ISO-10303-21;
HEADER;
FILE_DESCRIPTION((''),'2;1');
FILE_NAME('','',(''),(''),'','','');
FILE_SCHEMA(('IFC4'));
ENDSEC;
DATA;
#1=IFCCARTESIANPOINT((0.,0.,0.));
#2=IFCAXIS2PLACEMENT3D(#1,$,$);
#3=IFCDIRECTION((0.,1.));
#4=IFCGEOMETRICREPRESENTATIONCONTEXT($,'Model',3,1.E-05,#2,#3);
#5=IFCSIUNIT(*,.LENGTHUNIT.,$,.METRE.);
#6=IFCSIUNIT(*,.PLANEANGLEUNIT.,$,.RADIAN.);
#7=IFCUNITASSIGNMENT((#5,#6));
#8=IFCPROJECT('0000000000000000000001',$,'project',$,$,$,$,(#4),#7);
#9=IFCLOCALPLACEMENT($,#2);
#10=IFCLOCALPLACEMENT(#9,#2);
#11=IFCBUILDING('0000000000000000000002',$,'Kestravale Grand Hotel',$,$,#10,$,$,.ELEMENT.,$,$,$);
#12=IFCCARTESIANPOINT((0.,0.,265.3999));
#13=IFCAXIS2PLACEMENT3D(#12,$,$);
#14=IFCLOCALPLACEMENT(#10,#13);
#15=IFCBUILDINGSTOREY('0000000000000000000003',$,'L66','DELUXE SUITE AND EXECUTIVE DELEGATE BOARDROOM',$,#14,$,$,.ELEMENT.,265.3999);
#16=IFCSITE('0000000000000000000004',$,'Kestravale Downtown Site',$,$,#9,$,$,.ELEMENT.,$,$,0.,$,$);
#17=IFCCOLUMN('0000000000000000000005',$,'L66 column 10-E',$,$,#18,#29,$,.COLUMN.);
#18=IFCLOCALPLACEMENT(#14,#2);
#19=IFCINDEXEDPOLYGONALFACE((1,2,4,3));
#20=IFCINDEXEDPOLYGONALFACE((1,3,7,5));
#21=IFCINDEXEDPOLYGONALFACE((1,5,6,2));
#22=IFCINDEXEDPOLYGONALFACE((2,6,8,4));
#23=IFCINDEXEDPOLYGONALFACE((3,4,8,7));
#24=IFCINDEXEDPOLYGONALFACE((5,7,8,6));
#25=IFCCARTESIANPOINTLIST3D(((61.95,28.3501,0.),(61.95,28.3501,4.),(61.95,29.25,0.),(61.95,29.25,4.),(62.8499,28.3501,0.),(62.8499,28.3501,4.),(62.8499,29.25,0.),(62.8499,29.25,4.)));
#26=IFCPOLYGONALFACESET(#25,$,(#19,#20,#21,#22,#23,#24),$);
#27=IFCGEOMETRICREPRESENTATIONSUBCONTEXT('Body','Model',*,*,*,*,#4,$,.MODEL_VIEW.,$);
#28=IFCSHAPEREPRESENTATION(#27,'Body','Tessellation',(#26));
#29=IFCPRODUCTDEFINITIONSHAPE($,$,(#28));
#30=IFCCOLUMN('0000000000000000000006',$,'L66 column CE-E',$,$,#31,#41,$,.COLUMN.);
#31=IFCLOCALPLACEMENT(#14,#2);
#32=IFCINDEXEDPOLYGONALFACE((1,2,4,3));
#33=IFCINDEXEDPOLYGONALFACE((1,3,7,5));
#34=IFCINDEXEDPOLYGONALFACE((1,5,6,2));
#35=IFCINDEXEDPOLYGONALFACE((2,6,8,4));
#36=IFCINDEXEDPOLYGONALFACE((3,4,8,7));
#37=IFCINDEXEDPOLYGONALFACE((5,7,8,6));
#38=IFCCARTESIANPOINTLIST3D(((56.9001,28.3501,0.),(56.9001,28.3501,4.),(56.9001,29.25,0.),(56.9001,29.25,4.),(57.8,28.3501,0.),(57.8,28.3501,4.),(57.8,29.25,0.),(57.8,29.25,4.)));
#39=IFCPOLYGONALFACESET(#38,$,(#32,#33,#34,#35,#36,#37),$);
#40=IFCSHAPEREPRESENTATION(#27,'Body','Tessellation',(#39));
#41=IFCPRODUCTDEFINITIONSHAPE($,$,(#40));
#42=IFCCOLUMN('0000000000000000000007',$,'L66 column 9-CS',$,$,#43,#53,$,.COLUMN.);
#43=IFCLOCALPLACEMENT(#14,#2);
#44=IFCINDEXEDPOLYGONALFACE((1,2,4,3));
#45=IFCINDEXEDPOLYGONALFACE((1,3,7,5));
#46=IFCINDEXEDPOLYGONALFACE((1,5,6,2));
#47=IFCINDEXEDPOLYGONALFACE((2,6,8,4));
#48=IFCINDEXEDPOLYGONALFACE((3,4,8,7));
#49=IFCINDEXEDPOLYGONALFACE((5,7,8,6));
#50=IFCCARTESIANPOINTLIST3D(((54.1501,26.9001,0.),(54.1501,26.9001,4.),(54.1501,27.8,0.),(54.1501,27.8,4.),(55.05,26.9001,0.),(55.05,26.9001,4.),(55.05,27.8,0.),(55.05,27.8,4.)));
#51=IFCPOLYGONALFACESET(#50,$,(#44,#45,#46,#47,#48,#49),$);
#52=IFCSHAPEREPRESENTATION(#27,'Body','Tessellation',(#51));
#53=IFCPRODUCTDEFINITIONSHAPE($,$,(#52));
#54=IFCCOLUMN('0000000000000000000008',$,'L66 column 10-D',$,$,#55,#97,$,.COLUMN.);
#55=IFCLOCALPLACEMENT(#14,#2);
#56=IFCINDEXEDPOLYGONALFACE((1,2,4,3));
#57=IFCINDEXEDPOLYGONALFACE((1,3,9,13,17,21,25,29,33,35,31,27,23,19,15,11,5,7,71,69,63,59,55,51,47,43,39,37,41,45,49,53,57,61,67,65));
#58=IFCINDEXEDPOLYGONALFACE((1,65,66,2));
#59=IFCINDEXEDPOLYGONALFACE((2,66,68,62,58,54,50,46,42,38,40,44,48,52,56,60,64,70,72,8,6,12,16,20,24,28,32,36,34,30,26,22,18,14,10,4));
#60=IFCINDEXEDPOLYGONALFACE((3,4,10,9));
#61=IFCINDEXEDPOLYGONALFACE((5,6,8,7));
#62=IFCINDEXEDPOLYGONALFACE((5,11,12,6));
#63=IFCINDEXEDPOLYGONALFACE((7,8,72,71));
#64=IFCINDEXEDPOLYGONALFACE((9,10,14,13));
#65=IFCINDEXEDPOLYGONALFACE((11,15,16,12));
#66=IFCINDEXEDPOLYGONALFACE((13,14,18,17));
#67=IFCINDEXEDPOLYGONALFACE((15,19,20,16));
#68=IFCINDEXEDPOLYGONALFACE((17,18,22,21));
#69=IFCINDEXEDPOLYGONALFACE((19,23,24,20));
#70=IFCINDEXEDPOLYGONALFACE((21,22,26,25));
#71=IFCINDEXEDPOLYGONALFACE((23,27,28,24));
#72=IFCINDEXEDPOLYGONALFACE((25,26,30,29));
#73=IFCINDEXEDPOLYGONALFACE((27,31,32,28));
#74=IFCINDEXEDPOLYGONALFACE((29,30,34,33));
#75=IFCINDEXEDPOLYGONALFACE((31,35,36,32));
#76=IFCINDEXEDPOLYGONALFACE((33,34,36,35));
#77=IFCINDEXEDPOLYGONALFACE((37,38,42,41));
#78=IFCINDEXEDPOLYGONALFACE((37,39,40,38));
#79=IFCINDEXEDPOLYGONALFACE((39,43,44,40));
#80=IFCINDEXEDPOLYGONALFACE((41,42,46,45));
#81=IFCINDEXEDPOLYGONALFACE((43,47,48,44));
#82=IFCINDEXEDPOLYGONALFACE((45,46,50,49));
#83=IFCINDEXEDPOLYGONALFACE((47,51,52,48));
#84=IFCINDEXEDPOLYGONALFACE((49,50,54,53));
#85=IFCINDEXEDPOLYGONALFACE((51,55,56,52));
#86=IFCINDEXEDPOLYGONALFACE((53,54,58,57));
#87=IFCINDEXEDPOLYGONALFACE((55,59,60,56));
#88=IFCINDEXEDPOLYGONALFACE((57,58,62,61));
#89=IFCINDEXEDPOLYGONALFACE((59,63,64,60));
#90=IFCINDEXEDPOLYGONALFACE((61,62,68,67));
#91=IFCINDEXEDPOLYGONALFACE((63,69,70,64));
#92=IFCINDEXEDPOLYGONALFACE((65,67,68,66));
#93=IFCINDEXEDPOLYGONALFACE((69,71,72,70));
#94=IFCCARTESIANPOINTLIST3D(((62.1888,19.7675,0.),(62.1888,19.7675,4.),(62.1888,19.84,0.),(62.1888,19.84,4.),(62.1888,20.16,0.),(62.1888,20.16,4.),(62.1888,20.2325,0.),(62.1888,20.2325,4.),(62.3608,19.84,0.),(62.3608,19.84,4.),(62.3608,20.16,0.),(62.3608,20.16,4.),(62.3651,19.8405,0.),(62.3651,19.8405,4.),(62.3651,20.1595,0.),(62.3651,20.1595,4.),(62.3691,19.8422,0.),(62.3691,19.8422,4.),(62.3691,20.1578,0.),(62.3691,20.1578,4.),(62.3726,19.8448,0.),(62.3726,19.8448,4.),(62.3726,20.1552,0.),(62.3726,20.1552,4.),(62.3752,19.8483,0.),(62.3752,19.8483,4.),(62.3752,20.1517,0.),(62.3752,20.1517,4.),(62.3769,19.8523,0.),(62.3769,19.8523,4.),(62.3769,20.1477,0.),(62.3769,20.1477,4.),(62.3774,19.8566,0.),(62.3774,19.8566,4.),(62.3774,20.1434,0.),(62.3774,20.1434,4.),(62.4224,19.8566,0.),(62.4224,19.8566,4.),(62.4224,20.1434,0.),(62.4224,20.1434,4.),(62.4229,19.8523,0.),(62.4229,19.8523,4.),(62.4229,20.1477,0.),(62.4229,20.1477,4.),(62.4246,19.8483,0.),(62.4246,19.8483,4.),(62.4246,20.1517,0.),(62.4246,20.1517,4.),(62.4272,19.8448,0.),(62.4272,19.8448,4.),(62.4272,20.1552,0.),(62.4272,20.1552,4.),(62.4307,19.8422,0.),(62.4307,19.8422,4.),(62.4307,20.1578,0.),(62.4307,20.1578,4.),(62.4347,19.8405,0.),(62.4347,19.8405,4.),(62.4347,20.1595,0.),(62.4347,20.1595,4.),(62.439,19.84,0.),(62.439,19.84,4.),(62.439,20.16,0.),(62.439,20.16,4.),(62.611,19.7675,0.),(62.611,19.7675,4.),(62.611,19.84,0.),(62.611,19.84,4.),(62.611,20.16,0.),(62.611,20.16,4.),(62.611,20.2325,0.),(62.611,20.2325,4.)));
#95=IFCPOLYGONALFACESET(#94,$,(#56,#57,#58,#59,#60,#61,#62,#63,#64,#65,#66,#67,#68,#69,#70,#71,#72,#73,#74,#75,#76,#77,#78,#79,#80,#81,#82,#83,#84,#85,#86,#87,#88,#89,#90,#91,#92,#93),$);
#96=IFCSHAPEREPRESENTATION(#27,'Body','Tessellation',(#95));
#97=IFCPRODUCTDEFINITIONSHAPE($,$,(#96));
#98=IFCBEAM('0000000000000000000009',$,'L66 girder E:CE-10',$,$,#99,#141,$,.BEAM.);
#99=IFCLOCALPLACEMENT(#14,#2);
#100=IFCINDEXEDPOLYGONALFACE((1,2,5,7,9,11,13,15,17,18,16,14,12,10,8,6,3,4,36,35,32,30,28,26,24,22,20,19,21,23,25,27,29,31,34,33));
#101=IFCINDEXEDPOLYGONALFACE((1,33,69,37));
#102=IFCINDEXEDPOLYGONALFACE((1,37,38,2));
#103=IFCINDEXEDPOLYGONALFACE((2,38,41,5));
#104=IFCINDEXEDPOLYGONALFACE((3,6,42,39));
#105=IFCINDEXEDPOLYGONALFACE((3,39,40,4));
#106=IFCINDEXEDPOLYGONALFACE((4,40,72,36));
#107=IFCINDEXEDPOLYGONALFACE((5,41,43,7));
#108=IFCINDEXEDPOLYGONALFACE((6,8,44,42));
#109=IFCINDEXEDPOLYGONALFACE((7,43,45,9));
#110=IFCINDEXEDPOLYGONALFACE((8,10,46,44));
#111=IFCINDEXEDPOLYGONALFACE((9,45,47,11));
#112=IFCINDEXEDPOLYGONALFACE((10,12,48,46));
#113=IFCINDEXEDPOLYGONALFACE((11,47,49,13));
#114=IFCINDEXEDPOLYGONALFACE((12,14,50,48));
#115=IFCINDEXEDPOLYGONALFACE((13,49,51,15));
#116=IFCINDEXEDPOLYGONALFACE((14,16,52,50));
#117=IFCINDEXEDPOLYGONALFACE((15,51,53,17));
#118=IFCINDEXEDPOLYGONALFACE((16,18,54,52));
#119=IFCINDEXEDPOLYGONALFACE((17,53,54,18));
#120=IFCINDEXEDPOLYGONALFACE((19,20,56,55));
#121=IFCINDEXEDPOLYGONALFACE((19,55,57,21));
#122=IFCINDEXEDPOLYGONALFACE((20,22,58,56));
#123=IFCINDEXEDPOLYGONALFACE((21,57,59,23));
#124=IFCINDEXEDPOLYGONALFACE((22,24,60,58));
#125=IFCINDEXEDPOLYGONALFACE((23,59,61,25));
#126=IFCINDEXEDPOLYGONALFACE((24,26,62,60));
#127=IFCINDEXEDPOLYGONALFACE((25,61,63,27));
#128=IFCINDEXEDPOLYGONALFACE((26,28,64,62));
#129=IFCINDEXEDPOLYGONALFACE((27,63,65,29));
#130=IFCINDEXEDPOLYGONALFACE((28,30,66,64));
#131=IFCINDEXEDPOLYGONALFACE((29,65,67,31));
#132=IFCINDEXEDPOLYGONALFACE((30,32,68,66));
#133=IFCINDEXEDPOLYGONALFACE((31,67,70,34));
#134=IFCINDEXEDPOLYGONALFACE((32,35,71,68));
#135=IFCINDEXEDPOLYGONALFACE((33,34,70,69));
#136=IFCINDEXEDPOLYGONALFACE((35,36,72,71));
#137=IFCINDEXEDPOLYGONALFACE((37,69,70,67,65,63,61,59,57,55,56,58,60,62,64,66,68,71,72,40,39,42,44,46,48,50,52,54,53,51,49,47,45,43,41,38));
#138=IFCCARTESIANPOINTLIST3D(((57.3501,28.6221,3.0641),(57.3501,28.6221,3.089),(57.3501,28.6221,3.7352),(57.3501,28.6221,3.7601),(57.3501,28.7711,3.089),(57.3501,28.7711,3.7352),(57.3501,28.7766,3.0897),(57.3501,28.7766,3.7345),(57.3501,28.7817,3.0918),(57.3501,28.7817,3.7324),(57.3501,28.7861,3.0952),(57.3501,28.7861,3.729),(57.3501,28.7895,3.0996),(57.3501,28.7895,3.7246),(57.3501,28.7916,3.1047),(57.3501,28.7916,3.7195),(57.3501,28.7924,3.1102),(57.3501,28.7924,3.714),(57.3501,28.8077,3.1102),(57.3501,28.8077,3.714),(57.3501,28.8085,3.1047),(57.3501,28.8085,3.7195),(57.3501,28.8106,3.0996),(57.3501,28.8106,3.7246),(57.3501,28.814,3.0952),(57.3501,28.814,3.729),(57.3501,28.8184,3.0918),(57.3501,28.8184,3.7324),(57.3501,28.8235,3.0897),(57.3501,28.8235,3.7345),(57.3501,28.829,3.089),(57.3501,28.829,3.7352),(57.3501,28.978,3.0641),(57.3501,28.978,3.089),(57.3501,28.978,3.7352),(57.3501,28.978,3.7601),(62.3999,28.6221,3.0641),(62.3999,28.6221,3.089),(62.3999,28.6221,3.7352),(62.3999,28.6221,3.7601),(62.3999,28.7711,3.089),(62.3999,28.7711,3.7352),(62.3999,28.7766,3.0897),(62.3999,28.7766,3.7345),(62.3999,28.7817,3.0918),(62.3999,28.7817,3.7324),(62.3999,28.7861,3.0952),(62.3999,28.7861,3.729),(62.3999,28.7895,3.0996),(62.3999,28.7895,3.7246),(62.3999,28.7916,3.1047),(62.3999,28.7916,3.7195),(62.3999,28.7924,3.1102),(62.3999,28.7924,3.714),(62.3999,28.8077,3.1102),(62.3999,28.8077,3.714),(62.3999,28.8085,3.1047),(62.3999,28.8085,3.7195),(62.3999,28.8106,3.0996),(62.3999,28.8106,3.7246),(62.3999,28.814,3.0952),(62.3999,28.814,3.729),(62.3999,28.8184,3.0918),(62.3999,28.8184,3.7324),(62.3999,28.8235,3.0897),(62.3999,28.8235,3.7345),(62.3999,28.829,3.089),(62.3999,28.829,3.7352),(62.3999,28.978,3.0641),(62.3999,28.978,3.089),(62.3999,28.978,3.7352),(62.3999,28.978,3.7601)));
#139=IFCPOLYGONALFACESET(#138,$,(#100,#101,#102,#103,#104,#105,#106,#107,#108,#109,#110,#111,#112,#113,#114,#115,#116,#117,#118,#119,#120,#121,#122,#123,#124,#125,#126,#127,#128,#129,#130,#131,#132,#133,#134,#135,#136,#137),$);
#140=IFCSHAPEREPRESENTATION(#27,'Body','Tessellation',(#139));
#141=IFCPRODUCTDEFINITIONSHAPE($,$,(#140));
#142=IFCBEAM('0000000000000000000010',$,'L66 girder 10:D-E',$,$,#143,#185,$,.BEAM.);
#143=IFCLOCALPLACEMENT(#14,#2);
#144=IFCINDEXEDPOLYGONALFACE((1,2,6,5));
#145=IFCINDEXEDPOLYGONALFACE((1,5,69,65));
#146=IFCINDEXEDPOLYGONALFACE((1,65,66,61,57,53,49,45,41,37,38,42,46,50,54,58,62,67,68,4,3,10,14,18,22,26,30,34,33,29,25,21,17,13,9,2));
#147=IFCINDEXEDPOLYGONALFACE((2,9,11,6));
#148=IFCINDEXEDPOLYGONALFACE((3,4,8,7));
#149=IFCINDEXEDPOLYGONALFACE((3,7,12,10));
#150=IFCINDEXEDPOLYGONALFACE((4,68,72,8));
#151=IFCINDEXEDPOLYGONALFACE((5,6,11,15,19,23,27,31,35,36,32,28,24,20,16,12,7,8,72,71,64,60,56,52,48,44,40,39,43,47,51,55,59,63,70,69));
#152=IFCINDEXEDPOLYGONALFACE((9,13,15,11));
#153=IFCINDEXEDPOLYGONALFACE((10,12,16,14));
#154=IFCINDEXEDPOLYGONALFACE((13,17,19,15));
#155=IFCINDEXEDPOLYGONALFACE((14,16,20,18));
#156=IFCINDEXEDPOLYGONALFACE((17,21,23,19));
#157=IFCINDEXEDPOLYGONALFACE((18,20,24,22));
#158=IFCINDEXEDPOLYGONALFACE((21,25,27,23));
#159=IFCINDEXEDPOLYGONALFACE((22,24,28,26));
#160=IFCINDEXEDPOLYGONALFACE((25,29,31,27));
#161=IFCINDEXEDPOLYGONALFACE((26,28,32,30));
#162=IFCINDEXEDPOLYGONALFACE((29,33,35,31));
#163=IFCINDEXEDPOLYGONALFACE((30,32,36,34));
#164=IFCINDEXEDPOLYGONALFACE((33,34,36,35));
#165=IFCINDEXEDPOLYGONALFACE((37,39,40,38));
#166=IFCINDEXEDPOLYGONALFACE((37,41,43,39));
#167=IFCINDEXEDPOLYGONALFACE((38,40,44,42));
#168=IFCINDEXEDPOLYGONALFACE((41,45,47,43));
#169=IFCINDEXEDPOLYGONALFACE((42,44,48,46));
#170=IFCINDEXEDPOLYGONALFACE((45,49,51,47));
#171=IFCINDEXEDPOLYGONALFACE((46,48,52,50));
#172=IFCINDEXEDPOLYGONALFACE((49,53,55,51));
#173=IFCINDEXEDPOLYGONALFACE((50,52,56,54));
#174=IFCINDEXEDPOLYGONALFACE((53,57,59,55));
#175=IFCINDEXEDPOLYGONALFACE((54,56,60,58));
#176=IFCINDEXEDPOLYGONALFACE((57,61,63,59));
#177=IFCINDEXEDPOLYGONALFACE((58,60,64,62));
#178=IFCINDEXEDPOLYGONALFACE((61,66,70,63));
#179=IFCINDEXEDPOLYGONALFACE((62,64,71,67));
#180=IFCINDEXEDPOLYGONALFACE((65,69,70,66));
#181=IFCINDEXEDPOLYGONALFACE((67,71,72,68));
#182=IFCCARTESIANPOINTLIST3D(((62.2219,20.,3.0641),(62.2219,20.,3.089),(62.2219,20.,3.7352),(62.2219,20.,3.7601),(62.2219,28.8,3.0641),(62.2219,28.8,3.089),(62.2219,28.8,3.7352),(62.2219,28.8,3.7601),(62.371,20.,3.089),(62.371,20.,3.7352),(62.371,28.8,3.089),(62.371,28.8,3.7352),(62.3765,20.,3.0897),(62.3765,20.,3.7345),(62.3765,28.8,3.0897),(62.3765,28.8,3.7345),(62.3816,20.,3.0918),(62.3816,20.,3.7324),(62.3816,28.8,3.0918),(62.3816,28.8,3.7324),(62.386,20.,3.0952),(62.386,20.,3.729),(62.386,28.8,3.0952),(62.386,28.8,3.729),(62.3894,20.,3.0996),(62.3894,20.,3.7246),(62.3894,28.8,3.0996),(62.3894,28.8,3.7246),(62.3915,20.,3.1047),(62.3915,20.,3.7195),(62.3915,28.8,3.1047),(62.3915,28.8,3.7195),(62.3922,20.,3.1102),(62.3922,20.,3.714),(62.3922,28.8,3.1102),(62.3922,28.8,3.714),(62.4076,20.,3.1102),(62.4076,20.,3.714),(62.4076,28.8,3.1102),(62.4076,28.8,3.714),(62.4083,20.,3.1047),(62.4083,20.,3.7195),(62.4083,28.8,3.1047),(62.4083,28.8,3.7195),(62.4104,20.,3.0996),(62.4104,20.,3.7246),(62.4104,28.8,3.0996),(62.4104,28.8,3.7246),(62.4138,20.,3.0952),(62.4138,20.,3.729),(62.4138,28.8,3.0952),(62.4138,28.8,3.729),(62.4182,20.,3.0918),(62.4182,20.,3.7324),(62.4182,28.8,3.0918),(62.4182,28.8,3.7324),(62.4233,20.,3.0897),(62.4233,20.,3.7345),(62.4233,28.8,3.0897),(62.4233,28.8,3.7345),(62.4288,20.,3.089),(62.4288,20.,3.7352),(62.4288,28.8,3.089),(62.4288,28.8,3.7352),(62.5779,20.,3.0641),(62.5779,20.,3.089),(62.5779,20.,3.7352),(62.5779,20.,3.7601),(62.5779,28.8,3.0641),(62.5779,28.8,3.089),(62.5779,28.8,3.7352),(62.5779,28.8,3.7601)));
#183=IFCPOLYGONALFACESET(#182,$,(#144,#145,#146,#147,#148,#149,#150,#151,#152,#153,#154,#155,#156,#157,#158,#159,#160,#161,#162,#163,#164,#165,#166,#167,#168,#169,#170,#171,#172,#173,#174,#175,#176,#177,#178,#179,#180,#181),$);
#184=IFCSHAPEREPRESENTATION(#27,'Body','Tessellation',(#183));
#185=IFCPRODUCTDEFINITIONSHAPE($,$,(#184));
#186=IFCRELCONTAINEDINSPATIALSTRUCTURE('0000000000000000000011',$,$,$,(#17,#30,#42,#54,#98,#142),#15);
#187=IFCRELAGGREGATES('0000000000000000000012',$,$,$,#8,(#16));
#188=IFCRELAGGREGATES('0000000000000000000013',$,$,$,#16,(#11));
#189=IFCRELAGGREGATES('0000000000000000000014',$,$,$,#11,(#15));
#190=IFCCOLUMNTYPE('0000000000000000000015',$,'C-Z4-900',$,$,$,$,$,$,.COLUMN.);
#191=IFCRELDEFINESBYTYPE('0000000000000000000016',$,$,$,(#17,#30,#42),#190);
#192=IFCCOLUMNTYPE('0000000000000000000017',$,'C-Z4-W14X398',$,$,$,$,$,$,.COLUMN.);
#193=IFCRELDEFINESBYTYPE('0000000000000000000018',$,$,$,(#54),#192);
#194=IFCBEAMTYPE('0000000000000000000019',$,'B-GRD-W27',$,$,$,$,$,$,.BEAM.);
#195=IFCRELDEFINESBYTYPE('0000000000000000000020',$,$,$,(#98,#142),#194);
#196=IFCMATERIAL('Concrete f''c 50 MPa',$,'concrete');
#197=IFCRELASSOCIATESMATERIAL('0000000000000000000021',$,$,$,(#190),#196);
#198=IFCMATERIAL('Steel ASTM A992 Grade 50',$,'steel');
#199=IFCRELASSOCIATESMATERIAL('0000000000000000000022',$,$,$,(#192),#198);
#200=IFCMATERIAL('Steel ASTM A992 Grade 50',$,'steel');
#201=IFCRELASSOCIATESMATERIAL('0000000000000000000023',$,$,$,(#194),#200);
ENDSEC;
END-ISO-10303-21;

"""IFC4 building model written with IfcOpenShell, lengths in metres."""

from ifc_helpers import new_model, si_unit, direction, frame, origin, origin_2d, place, context, subcontext, project, spatial, rectangle, i_section, extrude, material, material_profile, profile_set, type_object, element, save


model = new_model("IFC4")

# Units and contexts
model_context = context("Model", 3, precision=1e-05, world=origin(), true_north=direction((0.0, 1.0)))
body_context = subcontext(model_context, "Body", "Model", "MODEL_VIEW")
ifc_project = project(units=[si_unit("LENGTHUNIT", "METRE"), si_unit("PLANEANGLEUNIT", "RADIAN")], contexts=[model_context])

# Site, building, storey
site_placement = place(None, origin())
site = spatial("IfcSite", under=ifc_project, at=site_placement, Name="Kestravale Downtown Site", CompositionType="ELEMENT", RefElevation=0.0)
building_placement = place(site_placement, origin())
building = spatial("IfcBuilding", under=site, at=building_placement, Name="Kestravale Grand Hotel", CompositionType="ELEMENT")
storey_placement = place(building_placement, frame((0.0, 0.0, 265.3999)))
storey = spatial("IfcBuildingStorey", under=building, at=storey_placement, Name="L66", Description="DELUXE SUITE AND EXECUTIVE DELEGATE BOARDROOM", CompositionType="ELEMENT", Elevation=265.3999)

# Columns
ifc_material_1 = material(Name="Concrete f'c 50 MPa", Category="concrete")
ifc_material_profile_1 = material_profile(ifc_material_1, rectangle(XDim=0.8999, YDim=0.8999, at=origin_2d()))
ifc_profile_set_1 = profile_set([ifc_material_profile_1], Name="Concrete f'c 50 MPa")
column_type_1 = type_object("IfcColumnType", Name="C-Z4-900", PredefinedType="COLUMN", material=ifc_profile_set_1)
for number, where, z_axis, x_axis, name in (
    (1, (62.3999, 28.8, 0.0), (0.0, 0.0, 1.0), (1.0, 0.0, 0.0), "L66 column 10-E"),
    (2, (57.3501, 28.8, 0.0), (0.0, 0.0, 1.0), (1.0, 0.0, 0.0), "L66 column CE-E"),
    (3, (54.6001, 27.3501, 0.0), (0.0, 0.0, 1.0), (1.0, 0.0, 0.0), "L66 column 9-CS"),
):
    element("IfcColumn", number, at=place(storey_placement, frame(where, z_axis=z_axis, x_axis=x_axis)), inside=storey, type_object=column_type_1, Name=name, PredefinedType="COLUMN", context=body_context, shape_type="SweptSolid", body=[
        extrude(rectangle(XDim=0.8999, YDim=0.8999, at=origin_2d()), origin(), (0.0, 0.0, 1.0), 4.0),
    ])
ifc_material_2 = material(Name="Steel ASTM A992 Grade 50", Category="steel")
ifc_material_profile_2 = material_profile(ifc_material_2, i_section(OverallWidth=0.4221, OverallDepth=0.4651, WebThickness=0.0449, FlangeThickness=0.0725, FilletRadius=0.0166, at=origin_2d()))
ifc_profile_set_2 = profile_set([ifc_material_profile_2], Name="Steel ASTM A992 Grade 50")
column_type_2 = type_object("IfcColumnType", Name="C-Z4-W14X398", PredefinedType="COLUMN", material=ifc_profile_set_2)
column_placement = place(storey_placement, frame((62.3999, 20.0, 0.0), z_axis=(0.0, 0.0, 1.0), x_axis=(1.0, 0.0, 0.0)))
element("IfcColumn", 4, at=column_placement, inside=storey, type_object=column_type_2, Name="L66 column 10-D", PredefinedType="COLUMN", context=body_context, shape_type="SweptSolid", body=[
    extrude(i_section(OverallWidth=0.4221, OverallDepth=0.4651, WebThickness=0.0449, FlangeThickness=0.0725, FilletRadius=0.0166, at=origin_2d()), origin(), (0.0, 0.0, 1.0), 4.0),
])

# Beams
ifc_material_3 = material(Name="Steel ASTM A992 Grade 50", Category="steel")
ifc_material_profile_3 = material_profile(ifc_material_3, i_section(OverallWidth=0.356, OverallDepth=0.696, WebThickness=0.0154, FlangeThickness=0.0249, FilletRadius=0.0212, at=origin_2d()))
ifc_profile_set_3 = profile_set([ifc_material_profile_3], Name="Steel ASTM A992 Grade 50")
beam_type = type_object("IfcBeamType", Name="B-GRD-W27", PredefinedType="BEAM", material=ifc_profile_set_3)
beam_1_placement = place(storey_placement, frame((57.3501, 28.8, 3.4121), z_axis=(1.0, 0.0, 0.0), x_axis=(0.0, 1.0, 0.0)))
element("IfcBeam", 5, at=beam_1_placement, inside=storey, type_object=beam_type, Name="L66 girder E:CE-10", PredefinedType="BEAM", context=body_context, shape_type="SweptSolid", body=[
    extrude(i_section(OverallWidth=0.356, OverallDepth=0.696, WebThickness=0.0154, FlangeThickness=0.0249, FilletRadius=0.0212, at=origin_2d()), origin(), (0.0, 0.0, 1.0), 5.0498),
])
beam_2_placement = place(storey_placement, frame((62.3999, 20.0, 3.4121), z_axis=(0.0, 1.0, 0.0), x_axis=(-1.0, 0.0, 0.0)))
element("IfcBeam", 6, at=beam_2_placement, inside=storey, type_object=beam_type, Name="L66 girder 10:D-E", PredefinedType="BEAM", context=body_context, shape_type="SweptSolid", body=[
    extrude(i_section(OverallWidth=0.356, OverallDepth=0.696, WebThickness=0.0154, FlangeThickness=0.0249, FilletRadius=0.0212, at=origin_2d()), origin(), (0.0, 0.0, 1.0), 8.8),
])

save(model, "model.ifc")
